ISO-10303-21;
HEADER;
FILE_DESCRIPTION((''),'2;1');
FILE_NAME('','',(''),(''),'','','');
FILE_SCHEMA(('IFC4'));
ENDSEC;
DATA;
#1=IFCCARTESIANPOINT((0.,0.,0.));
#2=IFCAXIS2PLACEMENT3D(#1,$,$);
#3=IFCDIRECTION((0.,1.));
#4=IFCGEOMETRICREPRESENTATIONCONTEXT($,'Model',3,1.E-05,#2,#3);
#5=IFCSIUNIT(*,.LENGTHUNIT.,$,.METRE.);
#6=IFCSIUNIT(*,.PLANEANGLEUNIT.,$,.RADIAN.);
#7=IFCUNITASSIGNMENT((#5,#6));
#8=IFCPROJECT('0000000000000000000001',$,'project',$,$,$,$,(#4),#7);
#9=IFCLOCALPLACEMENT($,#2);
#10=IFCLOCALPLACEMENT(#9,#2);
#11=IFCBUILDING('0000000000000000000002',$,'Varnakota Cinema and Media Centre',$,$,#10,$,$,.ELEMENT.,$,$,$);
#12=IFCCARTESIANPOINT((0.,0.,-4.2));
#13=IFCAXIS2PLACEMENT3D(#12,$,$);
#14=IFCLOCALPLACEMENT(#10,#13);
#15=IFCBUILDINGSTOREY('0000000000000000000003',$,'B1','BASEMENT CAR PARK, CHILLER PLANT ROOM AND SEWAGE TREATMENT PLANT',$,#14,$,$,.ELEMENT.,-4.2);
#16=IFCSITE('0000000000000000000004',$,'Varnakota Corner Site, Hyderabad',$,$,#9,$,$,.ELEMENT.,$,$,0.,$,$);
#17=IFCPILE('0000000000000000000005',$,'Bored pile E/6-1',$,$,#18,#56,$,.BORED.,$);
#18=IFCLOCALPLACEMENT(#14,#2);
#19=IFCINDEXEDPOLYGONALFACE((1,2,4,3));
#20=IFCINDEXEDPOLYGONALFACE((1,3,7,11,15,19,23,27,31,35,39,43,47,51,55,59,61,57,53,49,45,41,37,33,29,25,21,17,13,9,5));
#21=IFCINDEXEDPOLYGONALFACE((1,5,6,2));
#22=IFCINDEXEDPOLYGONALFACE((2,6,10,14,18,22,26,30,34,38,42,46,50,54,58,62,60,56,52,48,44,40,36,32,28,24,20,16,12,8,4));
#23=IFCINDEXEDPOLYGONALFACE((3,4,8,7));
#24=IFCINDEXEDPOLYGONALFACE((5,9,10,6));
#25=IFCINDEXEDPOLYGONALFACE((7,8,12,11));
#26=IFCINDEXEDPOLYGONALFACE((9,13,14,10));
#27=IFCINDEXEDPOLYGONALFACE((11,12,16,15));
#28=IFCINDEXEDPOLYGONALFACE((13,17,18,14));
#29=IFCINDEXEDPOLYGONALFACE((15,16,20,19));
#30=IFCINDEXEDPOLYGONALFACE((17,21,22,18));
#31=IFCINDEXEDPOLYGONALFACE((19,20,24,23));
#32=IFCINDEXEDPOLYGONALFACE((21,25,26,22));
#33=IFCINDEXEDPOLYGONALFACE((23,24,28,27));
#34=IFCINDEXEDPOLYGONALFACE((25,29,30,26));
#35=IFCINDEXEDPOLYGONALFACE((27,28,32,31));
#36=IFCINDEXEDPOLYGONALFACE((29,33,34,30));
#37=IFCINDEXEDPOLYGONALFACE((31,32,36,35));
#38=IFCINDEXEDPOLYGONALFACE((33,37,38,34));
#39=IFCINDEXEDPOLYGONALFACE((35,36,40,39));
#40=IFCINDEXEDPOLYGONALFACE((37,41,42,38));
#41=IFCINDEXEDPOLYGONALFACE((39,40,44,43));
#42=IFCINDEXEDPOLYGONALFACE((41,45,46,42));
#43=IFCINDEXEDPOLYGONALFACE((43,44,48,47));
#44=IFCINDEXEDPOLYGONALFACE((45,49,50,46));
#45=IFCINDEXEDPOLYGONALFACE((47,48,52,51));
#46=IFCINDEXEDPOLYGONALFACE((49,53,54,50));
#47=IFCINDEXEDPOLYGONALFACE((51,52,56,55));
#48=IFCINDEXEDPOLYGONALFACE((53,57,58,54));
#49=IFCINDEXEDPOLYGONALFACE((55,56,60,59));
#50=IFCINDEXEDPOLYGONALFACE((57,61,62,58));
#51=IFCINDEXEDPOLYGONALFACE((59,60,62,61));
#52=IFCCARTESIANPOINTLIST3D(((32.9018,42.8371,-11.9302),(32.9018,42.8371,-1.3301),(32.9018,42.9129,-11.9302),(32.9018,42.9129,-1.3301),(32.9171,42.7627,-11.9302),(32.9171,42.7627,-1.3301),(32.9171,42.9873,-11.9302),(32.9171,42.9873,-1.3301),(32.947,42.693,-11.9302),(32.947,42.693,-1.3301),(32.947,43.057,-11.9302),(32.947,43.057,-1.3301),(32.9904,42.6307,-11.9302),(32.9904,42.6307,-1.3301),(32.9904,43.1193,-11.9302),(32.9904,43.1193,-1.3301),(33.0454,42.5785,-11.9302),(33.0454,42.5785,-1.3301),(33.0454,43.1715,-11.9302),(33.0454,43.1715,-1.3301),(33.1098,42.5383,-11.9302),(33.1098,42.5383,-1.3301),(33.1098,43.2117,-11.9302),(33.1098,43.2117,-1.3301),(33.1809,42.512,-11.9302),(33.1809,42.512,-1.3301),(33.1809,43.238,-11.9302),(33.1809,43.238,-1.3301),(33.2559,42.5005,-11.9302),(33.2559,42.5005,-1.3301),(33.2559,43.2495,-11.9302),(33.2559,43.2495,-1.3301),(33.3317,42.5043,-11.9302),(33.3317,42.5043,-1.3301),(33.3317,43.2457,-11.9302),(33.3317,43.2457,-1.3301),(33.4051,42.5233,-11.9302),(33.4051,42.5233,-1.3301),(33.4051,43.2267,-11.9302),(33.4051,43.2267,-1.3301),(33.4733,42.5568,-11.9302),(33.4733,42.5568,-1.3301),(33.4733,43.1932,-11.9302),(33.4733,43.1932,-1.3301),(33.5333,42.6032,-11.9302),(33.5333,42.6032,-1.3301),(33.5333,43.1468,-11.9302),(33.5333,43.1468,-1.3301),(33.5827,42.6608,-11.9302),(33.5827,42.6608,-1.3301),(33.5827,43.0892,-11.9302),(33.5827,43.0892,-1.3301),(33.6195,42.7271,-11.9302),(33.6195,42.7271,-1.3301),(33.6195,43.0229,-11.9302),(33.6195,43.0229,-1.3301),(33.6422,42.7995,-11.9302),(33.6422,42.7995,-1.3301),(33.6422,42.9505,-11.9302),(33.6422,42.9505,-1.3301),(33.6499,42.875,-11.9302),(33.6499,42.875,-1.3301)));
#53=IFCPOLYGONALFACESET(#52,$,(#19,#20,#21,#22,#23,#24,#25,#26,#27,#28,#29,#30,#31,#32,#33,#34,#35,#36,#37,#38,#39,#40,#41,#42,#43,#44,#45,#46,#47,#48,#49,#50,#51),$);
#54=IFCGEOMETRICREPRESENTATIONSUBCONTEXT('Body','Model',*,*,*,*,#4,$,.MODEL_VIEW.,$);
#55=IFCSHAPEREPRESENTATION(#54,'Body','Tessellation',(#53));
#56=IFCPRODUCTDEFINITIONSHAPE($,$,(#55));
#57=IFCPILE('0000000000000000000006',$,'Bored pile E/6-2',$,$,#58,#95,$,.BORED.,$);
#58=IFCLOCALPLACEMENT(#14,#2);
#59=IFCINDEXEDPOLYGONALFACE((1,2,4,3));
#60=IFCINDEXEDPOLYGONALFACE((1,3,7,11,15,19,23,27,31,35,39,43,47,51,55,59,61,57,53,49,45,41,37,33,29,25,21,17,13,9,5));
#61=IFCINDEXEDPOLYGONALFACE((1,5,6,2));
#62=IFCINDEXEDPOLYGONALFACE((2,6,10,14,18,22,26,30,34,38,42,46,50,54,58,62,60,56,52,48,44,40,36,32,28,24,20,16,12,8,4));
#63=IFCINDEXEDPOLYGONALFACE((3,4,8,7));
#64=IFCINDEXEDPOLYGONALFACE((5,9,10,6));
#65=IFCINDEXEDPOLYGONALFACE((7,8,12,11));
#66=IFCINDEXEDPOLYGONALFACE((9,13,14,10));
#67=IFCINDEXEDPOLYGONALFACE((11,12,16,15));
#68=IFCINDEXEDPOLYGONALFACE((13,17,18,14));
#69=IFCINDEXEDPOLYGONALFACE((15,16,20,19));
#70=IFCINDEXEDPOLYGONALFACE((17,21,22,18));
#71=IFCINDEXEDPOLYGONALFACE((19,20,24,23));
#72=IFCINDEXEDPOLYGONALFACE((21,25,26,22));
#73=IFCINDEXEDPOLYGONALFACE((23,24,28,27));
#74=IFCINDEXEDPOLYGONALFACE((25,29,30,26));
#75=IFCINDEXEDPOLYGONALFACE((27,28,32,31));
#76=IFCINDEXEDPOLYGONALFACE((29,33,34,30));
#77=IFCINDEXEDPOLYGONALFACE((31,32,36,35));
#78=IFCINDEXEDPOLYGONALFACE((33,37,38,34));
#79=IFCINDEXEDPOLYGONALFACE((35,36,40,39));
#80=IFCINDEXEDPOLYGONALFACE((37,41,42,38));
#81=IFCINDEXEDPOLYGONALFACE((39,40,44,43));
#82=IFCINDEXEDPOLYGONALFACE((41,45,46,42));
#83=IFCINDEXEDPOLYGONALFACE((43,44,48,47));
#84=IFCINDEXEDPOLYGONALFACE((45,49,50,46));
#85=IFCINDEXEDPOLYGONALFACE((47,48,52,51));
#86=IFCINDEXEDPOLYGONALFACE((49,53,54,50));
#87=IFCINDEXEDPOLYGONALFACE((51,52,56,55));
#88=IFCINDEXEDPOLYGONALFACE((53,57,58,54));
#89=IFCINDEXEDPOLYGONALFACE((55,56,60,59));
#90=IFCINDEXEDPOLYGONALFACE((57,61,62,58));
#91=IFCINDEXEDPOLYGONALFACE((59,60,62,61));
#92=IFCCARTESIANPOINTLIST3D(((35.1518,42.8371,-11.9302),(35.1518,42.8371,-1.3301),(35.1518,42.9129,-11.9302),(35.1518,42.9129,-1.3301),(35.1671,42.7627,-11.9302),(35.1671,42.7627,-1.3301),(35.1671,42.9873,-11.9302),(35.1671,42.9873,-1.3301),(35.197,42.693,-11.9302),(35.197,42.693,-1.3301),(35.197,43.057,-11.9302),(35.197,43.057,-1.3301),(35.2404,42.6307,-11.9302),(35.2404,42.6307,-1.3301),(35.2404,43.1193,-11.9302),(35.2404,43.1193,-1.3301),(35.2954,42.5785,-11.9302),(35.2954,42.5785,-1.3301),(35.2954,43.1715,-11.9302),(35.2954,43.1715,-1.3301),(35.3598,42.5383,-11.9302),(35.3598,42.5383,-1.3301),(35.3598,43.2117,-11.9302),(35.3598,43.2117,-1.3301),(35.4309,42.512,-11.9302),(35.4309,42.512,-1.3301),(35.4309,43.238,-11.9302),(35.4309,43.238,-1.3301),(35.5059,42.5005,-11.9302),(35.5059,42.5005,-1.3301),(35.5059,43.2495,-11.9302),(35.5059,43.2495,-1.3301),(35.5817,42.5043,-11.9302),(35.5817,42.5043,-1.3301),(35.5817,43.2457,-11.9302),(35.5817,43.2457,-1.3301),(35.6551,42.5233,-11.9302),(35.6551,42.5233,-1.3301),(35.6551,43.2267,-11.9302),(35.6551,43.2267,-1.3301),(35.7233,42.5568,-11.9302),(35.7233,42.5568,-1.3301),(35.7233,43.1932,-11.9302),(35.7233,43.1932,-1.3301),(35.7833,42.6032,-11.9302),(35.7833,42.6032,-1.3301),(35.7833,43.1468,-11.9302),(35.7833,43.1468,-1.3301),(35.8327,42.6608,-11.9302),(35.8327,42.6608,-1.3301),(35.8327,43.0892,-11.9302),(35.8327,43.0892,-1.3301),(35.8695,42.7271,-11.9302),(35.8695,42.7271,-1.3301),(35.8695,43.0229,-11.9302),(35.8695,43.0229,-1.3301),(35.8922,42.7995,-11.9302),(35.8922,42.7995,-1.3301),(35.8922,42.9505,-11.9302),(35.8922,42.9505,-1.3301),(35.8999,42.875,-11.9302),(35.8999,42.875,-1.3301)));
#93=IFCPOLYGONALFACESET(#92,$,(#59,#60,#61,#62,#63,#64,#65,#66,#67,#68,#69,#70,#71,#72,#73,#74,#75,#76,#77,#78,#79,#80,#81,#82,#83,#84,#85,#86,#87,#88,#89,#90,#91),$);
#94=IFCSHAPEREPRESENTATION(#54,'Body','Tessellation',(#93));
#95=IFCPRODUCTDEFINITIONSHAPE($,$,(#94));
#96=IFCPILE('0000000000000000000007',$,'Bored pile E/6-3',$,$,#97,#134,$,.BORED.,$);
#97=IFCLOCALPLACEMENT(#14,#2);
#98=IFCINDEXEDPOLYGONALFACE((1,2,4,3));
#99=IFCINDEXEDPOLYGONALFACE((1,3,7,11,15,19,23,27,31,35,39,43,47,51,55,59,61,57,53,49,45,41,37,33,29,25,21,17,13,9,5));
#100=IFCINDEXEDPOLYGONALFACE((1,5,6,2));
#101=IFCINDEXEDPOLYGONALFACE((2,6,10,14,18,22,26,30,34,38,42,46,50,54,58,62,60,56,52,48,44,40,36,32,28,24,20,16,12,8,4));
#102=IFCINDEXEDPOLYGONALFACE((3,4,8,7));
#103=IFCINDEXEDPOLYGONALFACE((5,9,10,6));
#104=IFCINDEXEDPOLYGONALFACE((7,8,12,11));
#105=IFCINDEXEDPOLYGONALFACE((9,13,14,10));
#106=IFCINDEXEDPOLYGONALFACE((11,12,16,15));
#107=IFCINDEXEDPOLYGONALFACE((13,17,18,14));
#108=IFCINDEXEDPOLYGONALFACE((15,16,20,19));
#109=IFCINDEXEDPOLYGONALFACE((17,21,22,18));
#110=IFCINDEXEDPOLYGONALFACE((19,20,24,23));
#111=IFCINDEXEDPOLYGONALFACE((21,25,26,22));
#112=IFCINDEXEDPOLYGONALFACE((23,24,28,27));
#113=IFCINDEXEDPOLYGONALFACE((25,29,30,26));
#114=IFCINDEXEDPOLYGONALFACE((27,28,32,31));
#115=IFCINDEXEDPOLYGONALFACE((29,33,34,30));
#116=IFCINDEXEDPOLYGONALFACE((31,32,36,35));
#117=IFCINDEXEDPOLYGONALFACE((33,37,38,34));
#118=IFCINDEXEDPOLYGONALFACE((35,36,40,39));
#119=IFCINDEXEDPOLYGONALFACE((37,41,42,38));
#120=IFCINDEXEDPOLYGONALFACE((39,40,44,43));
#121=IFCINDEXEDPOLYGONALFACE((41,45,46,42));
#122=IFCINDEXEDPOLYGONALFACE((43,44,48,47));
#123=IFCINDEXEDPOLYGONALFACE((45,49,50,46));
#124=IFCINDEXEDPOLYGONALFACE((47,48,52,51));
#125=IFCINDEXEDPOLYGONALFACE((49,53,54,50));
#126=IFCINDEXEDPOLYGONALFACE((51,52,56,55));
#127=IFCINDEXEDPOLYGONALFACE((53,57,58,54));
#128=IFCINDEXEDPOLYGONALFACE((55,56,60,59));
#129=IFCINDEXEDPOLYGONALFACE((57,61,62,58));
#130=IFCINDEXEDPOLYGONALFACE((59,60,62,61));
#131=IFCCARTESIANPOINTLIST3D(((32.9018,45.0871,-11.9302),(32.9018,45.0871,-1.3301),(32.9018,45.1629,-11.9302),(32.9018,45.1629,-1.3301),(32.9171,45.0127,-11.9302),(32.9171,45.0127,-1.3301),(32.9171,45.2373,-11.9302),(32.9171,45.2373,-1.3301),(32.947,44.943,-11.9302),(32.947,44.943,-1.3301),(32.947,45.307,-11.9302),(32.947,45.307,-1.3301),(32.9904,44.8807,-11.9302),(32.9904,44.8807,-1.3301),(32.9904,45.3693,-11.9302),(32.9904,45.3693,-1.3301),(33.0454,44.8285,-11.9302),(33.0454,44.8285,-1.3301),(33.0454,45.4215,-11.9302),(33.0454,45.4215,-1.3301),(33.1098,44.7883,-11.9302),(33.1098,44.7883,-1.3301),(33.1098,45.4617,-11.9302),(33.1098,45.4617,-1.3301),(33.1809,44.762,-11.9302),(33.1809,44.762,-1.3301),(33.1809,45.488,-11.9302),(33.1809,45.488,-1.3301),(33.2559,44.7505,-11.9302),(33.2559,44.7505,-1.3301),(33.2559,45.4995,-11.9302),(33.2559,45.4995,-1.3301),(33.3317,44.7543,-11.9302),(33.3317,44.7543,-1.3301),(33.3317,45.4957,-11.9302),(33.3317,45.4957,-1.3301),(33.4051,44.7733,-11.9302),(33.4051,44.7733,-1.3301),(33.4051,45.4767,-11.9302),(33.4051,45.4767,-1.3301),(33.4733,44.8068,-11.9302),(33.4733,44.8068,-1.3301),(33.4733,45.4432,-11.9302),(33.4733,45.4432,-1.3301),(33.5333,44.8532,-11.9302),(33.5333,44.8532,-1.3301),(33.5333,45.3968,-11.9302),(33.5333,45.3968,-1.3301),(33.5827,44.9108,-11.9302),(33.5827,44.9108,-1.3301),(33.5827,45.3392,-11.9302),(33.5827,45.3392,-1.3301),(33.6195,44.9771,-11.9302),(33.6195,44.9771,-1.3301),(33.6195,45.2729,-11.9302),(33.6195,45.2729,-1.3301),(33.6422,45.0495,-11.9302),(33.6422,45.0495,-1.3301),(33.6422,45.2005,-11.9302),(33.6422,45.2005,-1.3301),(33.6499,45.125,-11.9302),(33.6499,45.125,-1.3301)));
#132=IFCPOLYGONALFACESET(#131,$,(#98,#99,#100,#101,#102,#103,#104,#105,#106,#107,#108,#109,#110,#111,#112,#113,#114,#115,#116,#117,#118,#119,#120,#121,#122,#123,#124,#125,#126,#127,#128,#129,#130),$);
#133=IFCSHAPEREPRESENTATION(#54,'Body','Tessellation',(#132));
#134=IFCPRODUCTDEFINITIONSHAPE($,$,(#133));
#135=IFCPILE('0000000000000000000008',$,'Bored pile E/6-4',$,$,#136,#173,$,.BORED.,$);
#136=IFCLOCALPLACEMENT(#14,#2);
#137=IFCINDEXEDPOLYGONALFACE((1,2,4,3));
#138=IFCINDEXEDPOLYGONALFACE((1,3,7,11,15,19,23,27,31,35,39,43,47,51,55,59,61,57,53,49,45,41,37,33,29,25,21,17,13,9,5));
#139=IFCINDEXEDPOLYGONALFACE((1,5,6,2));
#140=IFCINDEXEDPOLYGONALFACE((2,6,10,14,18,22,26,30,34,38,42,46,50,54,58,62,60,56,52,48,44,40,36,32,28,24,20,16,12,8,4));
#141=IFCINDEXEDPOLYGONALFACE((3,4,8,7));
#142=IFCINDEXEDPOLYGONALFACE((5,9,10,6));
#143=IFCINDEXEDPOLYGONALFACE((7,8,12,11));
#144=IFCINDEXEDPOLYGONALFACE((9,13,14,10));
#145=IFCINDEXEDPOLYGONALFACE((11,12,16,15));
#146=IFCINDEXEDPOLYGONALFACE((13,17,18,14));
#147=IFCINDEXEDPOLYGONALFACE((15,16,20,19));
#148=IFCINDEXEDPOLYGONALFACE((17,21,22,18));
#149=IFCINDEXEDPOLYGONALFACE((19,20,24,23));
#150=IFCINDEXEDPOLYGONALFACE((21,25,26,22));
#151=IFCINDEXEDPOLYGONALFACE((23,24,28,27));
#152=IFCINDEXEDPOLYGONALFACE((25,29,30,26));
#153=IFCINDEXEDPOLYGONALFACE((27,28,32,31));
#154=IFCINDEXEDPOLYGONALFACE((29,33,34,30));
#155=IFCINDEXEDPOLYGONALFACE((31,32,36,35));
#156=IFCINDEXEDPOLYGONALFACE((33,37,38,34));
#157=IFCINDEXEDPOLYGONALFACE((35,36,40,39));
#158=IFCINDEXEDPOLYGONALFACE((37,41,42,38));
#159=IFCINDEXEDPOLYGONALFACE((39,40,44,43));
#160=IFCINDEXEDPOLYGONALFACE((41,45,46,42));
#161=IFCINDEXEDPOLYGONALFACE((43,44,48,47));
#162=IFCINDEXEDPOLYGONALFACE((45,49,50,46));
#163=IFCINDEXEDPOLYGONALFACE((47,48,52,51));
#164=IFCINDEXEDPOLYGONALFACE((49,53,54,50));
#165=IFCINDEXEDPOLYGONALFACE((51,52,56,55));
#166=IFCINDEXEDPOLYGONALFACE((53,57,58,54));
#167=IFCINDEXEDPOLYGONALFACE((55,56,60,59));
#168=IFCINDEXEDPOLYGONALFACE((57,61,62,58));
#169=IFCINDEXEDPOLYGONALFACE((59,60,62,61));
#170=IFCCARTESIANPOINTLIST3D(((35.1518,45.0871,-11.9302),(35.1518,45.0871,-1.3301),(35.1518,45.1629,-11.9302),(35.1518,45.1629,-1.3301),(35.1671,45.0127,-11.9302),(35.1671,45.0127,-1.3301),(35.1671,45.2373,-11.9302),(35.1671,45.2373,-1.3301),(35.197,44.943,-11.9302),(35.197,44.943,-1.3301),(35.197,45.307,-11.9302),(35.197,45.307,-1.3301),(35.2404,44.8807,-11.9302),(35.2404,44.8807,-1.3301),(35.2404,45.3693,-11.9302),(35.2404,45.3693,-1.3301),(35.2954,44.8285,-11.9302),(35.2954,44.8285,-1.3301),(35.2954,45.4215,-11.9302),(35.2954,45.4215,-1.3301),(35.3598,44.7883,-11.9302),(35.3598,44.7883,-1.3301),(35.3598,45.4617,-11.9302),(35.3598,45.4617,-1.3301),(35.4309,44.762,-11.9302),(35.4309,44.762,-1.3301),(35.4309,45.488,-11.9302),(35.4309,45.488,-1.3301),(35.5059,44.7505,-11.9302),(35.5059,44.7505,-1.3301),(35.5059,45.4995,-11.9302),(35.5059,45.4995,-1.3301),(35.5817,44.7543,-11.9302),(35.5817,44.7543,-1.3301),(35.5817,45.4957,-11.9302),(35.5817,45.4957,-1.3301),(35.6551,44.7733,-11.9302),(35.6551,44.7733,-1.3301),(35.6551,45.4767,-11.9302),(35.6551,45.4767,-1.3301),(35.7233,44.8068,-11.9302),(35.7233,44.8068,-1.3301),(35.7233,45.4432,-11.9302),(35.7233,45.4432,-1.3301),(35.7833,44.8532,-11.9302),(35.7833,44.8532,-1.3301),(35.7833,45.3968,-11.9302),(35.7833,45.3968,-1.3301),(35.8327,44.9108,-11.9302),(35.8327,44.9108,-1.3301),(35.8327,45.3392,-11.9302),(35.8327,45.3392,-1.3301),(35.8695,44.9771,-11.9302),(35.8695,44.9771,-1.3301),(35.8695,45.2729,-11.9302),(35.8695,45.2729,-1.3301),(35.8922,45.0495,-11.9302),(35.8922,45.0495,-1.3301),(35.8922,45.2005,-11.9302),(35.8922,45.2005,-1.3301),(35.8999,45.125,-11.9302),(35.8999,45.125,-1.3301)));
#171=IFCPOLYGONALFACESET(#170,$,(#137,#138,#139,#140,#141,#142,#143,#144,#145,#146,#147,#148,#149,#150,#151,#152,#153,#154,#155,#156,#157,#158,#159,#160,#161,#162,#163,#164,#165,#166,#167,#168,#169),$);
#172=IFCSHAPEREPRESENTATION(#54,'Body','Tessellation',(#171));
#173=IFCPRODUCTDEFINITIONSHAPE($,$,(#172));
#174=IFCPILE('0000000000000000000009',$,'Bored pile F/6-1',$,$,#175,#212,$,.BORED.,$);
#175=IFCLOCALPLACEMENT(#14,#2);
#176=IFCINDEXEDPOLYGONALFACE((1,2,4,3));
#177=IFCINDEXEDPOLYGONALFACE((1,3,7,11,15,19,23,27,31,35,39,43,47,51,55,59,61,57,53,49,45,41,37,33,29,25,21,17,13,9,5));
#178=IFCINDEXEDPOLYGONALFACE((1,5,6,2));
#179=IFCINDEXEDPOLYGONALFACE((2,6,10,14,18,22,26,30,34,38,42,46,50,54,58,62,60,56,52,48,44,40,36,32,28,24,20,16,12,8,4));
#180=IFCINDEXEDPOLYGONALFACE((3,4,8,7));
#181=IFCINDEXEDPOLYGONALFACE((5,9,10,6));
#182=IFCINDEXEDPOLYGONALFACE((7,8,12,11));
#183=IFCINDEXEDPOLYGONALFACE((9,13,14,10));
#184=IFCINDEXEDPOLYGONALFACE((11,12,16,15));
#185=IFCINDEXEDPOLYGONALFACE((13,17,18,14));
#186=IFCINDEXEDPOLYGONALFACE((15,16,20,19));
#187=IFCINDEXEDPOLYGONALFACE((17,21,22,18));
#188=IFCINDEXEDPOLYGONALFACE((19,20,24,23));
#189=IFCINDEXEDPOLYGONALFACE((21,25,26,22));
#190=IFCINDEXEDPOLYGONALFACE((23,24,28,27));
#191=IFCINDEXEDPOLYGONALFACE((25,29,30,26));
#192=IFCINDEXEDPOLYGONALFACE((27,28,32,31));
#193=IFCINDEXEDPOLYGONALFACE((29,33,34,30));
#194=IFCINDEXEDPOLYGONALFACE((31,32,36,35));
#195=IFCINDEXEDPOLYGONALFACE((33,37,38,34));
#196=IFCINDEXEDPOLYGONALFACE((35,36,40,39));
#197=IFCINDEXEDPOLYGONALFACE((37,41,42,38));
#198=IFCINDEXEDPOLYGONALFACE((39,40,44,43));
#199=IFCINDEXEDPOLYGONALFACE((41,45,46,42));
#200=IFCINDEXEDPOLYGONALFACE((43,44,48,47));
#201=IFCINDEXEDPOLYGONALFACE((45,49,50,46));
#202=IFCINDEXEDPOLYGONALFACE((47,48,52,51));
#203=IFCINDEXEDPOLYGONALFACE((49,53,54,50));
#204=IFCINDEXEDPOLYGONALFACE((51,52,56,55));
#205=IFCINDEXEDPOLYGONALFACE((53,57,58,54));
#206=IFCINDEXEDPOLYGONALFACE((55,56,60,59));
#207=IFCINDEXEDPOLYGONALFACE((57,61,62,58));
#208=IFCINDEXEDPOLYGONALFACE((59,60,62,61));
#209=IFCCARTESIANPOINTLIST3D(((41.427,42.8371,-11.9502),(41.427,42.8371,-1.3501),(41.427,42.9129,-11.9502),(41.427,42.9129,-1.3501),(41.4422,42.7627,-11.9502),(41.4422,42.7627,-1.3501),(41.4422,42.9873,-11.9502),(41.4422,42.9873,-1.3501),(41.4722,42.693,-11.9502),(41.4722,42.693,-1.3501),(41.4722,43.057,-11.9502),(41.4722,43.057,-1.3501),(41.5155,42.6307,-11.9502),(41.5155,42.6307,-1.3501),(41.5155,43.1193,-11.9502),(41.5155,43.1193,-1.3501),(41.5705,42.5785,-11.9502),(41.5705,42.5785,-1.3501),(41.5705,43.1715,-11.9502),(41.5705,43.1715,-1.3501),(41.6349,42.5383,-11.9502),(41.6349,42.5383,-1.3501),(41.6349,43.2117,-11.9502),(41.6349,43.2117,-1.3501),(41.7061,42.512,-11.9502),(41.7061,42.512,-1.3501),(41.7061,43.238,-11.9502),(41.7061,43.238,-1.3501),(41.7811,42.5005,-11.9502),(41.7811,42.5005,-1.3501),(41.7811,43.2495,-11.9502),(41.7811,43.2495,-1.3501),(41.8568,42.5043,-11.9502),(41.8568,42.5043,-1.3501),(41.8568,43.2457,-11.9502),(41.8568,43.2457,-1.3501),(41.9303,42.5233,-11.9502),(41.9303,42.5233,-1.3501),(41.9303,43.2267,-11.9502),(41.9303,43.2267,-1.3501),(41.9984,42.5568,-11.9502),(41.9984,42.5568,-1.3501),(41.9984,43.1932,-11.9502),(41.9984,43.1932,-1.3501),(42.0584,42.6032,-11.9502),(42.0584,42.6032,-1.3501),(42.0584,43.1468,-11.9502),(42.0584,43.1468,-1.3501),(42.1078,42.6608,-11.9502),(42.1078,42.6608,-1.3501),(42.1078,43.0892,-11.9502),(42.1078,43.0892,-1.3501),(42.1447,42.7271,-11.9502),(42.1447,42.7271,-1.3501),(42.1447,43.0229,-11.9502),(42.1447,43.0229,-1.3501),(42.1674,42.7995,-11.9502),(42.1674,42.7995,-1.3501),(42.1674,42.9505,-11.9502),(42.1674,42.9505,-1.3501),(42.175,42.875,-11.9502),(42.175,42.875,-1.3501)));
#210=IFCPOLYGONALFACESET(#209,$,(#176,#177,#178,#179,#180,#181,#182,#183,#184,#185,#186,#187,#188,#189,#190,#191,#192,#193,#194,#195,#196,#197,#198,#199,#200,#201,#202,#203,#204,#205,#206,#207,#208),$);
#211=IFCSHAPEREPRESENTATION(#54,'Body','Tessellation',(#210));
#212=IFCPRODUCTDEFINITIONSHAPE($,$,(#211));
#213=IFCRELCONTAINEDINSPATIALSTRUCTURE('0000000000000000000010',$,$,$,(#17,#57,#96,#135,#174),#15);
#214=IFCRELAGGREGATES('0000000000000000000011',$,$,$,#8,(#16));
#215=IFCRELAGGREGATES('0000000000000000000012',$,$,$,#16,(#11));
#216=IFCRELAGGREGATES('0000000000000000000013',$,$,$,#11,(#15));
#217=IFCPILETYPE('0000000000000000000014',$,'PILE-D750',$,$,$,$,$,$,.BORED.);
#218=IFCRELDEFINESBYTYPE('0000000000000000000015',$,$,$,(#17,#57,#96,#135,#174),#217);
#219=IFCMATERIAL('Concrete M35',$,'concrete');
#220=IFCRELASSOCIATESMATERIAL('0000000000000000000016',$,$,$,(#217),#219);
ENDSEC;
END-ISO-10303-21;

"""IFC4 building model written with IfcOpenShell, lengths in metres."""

from ifc_helpers import new_model, si_unit, direction, frame, origin, origin_2d, place, context, subcontext, project, spatial, circle, extrude, material, material_profile, profile_set, type_object, element, save


model = new_model("IFC4")

# Units and contexts
model_context = context("Model", 3, precision=1e-05, world=origin(), true_north=direction((0.0, 1.0)))
body_context = subcontext(model_context, "Body", "Model", "MODEL_VIEW")
ifc_project = project(units=[si_unit("LENGTHUNIT", "METRE"), si_unit("PLANEANGLEUNIT", "RADIAN")], contexts=[model_context])

# Site, building, storey
site_placement = place(None, origin())
site = spatial("IfcSite", under=ifc_project, at=site_placement, Name="Varnakota Corner Site, Hyderabad", CompositionType="ELEMENT", RefElevation=0.0)
building_placement = place(site_placement, origin())
building = spatial("IfcBuilding", under=site, at=building_placement, Name="Varnakota Cinema and Media Centre", CompositionType="ELEMENT")
storey_placement = place(building_placement, frame((0.0, 0.0, -4.2)))
storey = spatial("IfcBuildingStorey", under=building, at=storey_placement, Name="B1", Description="BASEMENT CAR PARK, CHILLER PLANT ROOM AND SEWAGE TREATMENT PLANT", CompositionType="ELEMENT", Elevation=-4.2)

# Piles
ifc_material_1 = material(Name="Concrete M35", Category="concrete")
ifc_material_profile_1 = material_profile(ifc_material_1, circle(Radius=0.375, at=origin_2d()), Name="PILE D750")
ifc_profile_set_1 = profile_set([ifc_material_profile_1], Name="Concrete M35")
pile_type_1 = type_object("IfcPileType", Name="PILE-D750", PredefinedType="BORED", material=ifc_profile_set_1)
for number, where, z_axis, x_axis, name in (
    (1, (33.2749, 42.875, -1.3301), (0.0, 0.0, -1.0), (1.0, 0.0, 0.0), "Bored pile E/6-1"),
    (2, (35.5249, 42.875, -1.3301), (0.0, 0.0, -1.0), (1.0, 0.0, 0.0), "Bored pile E/6-2"),
    (3, (33.2749, 45.125, -1.3301), (0.0, 0.0, -1.0), (1.0, 0.0, 0.0), "Bored pile E/6-3"),
    (4, (35.5249, 45.125, -1.3301), (0.0, 0.0, -1.0), (1.0, 0.0, 0.0), "Bored pile E/6-4"),
    (5, (41.8, 42.875, -1.3501), (0.0, 0.0, -1.0), (1.0, 0.0, 0.0), "Bored pile F/6-1"),
):
    element("IfcPile", number, at=place(storey_placement, frame(where, z_axis=z_axis, x_axis=x_axis)), inside=storey, type_object=pile_type_1, Name=name, PredefinedType="BORED", context=body_context, shape_type="SweptSolid", body=[
        extrude(circle(Radius=0.375, at=origin_2d()), origin(), (0.0, 0.0, 1.0), 10.6001),
    ])

save(model, "model.ifc")
